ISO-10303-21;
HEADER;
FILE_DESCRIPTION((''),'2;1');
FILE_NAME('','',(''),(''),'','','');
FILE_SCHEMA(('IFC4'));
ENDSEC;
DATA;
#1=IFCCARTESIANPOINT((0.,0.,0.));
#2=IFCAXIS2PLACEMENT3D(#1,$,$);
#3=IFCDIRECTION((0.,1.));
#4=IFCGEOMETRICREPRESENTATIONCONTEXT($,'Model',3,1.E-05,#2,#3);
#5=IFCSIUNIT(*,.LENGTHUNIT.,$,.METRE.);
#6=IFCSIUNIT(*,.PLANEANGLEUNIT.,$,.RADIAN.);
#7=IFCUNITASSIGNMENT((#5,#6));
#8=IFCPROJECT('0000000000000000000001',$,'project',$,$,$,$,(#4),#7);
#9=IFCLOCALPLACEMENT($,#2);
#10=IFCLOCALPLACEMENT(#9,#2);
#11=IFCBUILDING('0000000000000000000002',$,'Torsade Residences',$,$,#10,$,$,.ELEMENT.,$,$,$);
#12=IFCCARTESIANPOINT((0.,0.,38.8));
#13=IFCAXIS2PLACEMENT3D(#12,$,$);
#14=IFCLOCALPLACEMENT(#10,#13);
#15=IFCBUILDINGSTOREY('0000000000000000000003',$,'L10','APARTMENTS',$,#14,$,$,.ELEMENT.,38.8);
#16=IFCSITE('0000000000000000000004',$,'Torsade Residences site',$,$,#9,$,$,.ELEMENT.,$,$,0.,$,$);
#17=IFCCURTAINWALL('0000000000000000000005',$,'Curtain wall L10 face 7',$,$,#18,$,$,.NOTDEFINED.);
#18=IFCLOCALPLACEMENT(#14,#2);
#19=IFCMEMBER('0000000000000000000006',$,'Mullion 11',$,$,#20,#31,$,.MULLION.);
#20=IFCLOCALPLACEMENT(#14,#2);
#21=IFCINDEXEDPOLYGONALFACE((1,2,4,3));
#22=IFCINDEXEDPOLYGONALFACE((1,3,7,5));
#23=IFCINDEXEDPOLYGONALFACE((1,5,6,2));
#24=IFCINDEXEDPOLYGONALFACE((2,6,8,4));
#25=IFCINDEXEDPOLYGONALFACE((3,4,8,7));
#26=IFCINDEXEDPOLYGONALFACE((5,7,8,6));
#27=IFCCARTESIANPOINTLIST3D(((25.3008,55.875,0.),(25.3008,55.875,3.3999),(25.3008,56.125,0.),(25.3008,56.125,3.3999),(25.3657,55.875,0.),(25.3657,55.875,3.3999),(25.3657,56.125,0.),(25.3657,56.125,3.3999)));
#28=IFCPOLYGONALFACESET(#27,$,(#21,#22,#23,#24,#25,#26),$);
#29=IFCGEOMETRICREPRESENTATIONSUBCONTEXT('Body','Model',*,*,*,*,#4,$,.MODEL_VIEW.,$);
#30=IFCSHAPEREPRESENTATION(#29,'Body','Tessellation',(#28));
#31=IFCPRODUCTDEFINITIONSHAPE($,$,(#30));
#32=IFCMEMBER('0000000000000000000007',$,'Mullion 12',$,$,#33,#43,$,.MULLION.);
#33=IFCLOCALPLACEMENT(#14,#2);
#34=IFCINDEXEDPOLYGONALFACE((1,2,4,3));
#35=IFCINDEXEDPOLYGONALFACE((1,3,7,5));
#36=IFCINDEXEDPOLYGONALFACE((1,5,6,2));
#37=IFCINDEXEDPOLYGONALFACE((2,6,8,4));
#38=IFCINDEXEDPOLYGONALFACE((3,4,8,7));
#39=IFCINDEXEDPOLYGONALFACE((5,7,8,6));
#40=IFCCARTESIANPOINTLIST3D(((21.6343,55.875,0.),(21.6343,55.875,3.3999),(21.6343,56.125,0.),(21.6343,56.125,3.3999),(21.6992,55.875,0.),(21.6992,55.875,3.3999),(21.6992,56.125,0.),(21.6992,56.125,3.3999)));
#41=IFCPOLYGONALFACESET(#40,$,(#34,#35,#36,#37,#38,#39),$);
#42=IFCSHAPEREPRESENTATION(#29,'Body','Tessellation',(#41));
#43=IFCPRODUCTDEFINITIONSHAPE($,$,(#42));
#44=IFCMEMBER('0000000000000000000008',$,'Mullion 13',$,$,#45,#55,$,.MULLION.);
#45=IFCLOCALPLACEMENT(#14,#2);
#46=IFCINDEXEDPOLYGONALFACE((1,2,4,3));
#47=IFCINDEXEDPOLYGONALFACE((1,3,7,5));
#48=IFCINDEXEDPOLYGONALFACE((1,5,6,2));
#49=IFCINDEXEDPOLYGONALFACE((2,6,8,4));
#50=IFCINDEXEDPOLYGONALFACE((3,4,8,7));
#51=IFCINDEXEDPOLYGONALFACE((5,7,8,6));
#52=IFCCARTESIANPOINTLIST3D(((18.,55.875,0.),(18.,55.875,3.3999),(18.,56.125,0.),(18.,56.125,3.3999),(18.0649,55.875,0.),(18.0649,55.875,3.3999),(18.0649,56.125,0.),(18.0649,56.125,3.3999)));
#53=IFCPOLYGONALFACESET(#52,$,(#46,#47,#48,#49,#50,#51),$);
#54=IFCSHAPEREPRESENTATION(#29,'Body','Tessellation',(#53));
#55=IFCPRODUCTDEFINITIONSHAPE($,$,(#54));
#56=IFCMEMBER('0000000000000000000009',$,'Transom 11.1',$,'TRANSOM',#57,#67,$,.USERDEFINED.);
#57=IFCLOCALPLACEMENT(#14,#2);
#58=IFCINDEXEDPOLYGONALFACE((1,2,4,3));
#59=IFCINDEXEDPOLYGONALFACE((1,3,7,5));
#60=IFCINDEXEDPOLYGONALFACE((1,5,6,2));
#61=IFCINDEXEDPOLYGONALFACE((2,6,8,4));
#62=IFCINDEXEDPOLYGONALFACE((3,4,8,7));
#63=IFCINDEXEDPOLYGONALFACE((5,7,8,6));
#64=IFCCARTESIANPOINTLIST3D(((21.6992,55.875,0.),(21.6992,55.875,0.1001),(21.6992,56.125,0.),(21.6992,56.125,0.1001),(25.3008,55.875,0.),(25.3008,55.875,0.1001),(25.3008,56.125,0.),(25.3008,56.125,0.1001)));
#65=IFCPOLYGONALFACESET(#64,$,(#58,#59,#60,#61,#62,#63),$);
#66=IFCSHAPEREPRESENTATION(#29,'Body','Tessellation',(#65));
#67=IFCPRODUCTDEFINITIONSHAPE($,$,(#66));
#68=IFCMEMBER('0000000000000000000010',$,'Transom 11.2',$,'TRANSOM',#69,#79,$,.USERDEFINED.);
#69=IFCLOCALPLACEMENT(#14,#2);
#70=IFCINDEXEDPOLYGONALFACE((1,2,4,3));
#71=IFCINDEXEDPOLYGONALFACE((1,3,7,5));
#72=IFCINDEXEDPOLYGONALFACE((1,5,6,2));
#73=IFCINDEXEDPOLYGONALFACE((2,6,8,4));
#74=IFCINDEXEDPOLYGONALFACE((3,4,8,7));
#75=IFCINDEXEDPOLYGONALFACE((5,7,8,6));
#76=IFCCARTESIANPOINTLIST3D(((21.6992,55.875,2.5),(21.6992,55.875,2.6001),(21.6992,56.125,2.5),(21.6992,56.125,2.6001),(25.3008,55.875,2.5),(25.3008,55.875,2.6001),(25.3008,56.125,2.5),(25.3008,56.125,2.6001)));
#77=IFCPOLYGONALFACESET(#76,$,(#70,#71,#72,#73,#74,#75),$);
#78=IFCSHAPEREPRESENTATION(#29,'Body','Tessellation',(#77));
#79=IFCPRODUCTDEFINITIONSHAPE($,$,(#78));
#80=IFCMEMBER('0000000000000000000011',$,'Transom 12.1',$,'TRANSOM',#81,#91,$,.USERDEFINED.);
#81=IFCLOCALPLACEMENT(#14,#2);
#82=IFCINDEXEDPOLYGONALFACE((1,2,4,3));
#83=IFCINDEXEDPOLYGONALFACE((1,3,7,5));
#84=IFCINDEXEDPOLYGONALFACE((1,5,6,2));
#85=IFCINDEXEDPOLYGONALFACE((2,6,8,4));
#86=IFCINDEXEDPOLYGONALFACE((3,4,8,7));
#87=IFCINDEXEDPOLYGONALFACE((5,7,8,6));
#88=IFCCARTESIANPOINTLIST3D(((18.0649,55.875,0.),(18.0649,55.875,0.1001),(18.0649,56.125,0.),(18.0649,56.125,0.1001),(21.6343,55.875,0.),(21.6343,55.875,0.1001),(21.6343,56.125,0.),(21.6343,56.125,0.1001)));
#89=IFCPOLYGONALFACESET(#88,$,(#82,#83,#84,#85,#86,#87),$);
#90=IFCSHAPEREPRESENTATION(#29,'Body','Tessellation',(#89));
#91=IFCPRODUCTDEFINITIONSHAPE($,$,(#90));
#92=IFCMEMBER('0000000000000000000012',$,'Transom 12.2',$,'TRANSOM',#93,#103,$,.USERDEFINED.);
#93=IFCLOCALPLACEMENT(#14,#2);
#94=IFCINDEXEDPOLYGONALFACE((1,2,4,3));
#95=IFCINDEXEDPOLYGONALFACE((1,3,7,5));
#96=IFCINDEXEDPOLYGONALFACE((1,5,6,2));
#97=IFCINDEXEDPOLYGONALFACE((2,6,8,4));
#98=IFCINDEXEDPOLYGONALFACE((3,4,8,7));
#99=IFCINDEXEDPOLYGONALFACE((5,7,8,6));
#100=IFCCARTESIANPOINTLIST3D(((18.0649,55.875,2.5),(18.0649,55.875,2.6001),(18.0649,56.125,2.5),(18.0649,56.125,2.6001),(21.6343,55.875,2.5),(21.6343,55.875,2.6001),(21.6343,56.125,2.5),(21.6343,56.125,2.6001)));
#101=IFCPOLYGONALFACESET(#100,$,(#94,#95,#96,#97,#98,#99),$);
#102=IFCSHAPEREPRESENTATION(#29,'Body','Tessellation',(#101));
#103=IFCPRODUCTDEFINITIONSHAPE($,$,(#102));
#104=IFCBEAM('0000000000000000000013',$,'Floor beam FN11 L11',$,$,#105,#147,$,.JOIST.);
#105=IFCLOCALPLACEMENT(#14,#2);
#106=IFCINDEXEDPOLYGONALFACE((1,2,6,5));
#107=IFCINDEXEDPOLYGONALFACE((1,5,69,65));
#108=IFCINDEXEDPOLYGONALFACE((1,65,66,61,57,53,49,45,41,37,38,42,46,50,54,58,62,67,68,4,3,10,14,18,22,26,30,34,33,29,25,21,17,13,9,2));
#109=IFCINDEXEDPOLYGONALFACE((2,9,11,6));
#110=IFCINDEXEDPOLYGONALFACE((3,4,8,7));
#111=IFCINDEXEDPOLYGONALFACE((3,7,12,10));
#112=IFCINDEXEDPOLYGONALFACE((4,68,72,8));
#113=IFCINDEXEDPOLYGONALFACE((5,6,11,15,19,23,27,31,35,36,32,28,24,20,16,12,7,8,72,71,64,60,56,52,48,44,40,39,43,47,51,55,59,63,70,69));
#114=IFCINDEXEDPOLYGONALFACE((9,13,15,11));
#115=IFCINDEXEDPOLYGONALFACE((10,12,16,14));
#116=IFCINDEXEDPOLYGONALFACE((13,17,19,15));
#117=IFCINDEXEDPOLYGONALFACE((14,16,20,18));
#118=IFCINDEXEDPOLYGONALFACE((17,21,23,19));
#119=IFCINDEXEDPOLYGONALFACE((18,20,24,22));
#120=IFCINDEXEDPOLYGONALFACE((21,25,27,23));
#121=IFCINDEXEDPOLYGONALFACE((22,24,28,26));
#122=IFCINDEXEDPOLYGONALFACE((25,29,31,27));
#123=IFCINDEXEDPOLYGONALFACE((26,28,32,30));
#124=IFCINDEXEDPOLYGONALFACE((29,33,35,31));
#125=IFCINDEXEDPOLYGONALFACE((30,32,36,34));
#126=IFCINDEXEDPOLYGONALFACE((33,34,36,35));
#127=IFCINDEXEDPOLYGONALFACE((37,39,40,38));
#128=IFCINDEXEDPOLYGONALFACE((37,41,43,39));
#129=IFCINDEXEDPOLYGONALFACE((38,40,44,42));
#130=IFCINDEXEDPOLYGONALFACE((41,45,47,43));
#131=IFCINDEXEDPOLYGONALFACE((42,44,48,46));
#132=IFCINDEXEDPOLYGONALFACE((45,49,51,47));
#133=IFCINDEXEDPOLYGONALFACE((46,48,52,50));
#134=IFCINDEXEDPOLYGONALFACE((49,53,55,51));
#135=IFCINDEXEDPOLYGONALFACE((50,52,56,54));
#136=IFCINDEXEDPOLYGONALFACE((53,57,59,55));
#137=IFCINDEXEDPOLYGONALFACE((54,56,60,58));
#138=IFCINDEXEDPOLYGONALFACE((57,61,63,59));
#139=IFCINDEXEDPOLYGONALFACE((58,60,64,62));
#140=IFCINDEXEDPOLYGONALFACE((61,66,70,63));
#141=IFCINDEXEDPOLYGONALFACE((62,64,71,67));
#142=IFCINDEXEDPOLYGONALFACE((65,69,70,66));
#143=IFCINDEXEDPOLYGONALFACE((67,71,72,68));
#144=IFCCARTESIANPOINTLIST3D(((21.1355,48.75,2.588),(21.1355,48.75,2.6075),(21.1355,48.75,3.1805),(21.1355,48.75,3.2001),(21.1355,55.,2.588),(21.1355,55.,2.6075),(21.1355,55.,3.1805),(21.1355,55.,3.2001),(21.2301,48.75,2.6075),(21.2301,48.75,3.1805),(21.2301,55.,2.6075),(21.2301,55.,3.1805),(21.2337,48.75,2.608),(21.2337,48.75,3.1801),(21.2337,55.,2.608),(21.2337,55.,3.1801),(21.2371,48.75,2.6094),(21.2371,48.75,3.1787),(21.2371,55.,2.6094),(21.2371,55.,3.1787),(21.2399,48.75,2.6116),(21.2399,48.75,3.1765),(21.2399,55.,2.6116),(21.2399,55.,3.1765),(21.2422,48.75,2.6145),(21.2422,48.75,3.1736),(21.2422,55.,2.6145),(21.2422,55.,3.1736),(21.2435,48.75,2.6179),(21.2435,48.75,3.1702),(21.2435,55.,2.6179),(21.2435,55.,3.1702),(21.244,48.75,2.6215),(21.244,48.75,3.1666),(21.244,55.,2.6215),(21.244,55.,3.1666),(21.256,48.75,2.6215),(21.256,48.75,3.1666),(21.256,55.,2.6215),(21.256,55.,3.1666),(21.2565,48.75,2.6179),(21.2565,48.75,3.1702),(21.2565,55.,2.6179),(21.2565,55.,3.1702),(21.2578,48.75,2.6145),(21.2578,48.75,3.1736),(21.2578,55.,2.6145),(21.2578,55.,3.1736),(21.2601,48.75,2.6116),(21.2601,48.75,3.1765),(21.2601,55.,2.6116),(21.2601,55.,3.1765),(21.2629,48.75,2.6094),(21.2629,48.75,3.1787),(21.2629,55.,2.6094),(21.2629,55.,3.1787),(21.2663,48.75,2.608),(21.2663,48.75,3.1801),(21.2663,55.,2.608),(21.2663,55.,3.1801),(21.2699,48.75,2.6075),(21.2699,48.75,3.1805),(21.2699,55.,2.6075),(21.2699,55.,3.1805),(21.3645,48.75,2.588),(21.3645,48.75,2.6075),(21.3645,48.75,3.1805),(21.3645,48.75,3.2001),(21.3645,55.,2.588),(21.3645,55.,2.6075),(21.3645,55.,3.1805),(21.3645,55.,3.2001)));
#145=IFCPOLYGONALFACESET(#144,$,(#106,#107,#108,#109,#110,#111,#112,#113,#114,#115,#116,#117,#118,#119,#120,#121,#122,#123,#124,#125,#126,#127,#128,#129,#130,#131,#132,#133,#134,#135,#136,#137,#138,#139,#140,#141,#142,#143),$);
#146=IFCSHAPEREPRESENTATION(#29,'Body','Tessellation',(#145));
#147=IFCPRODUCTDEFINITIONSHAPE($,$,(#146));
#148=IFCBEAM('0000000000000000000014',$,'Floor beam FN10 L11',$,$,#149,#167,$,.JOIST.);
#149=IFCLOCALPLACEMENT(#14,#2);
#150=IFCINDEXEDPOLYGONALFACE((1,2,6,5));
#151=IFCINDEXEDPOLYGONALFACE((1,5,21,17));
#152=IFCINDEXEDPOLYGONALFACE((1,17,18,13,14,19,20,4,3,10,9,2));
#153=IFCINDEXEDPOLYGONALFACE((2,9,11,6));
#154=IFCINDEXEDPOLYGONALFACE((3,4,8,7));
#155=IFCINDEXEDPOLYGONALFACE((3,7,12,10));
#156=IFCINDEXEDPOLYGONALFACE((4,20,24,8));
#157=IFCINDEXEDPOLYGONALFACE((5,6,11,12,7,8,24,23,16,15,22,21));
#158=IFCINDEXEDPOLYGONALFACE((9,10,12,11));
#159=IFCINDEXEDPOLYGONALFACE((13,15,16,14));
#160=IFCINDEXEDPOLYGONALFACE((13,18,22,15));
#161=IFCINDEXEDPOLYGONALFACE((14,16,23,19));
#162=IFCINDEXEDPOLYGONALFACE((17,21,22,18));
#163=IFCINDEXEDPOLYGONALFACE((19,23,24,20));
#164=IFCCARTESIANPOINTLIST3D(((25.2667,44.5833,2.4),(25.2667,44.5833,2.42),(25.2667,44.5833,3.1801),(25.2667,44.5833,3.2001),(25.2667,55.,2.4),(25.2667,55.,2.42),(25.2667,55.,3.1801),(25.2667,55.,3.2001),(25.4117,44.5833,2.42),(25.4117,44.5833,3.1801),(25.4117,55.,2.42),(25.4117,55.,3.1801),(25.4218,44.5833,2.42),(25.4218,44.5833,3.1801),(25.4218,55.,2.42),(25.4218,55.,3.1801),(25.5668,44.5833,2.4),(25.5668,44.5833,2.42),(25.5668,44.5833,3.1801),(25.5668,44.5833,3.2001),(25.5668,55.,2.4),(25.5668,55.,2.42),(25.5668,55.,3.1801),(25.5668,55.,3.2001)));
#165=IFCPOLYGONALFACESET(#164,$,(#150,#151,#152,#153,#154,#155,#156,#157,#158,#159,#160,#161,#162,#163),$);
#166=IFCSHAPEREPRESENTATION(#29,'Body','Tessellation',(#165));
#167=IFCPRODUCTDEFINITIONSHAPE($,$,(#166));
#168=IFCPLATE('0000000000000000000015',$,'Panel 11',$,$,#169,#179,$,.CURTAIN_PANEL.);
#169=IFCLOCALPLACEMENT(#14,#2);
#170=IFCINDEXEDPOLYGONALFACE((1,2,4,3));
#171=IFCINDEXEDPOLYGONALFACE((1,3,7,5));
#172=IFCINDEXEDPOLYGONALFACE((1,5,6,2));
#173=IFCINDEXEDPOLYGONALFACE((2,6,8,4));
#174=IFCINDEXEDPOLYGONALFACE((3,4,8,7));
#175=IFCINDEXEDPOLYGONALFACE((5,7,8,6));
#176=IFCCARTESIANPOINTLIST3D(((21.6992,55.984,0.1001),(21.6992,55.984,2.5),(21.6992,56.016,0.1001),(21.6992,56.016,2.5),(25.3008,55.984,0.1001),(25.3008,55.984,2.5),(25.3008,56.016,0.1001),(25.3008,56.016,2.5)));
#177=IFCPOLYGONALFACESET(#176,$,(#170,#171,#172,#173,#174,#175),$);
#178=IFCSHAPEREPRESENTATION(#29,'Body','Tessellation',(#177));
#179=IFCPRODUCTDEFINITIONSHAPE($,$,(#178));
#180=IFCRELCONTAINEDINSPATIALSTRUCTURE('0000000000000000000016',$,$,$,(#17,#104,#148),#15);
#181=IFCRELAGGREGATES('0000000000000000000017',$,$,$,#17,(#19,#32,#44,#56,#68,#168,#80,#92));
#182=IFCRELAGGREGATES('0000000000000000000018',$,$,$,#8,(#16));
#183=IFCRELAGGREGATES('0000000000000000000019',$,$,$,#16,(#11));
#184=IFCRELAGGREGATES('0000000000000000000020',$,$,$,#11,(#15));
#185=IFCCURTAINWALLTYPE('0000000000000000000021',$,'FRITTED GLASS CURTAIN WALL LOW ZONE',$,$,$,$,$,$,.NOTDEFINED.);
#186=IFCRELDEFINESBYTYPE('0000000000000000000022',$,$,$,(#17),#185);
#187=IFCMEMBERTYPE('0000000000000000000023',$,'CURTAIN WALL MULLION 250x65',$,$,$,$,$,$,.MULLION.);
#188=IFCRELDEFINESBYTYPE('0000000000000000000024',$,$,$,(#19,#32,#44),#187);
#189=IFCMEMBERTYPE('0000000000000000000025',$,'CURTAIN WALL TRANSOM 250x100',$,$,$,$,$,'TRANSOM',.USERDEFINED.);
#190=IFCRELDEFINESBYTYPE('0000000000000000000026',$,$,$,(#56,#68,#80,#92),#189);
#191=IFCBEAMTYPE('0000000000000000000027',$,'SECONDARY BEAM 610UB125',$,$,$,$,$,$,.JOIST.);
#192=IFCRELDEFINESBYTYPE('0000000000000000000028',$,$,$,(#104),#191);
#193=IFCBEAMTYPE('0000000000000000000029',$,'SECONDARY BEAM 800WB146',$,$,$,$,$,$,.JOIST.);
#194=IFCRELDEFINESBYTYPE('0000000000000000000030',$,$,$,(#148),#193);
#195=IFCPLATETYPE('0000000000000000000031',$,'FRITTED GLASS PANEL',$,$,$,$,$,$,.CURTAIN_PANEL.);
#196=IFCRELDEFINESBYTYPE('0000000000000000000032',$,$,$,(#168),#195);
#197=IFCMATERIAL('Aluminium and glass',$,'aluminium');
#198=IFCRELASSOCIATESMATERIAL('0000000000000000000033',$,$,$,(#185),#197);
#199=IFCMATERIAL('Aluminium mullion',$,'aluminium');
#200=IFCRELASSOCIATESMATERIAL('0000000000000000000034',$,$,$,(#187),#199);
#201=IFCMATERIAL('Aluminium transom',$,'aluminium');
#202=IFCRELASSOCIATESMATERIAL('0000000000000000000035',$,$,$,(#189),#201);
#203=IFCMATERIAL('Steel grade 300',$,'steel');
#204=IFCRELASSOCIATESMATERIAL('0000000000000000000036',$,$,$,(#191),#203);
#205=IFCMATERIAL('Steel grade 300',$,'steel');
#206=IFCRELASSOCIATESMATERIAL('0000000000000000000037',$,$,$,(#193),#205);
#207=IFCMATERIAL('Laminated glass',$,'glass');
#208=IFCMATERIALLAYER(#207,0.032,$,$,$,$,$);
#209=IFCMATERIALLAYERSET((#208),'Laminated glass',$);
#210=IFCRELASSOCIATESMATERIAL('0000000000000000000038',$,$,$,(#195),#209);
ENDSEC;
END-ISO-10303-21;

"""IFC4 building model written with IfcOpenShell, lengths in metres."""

from ifc_helpers import new_model, si_unit, direction, frame, origin, origin_2d, place, context, subcontext, project, spatial, rectangle, i_section, extrude, material, layer, layer_set, material_profile, profile_set, type_object, element, aggregate, save


model = new_model("IFC4")

# Units and contexts
model_context = context("Model", 3, precision=1e-05, world=origin(), true_north=direction((0.0, 1.0)))
body_context = subcontext(model_context, "Body", "Model", "MODEL_VIEW")
ifc_project = project(units=[si_unit("LENGTHUNIT", "METRE"), si_unit("PLANEANGLEUNIT", "RADIAN")], contexts=[model_context])

# Site, building, storey
site_placement = place(None, origin())
site = spatial("IfcSite", under=ifc_project, at=site_placement, Name="Torsade Residences site", CompositionType="ELEMENT", RefElevation=0.0)
building_placement = place(site_placement, origin())
building = spatial("IfcBuilding", under=site, at=building_placement, Name="Torsade Residences", CompositionType="ELEMENT")
storey_placement = place(building_placement, frame((0.0, 0.0, 38.8)))
storey = spatial("IfcBuildingStorey", under=building, at=storey_placement, Name="L10", Description="APARTMENTS", CompositionType="ELEMENT", Elevation=38.8)

# Curtain wall, members
ifc_material_1 = material(Name="Aluminium and glass", Category="aluminium")
curtain_wall_type = type_object("IfcCurtainWallType", Name="FRITTED GLASS CURTAIN WALL LOW ZONE", PredefinedType="NOTDEFINED", material=ifc_material_1)
curtain_wall_placement = place(storey_placement, origin())
curtain_wall = element("IfcCurtainWall", 1, at=curtain_wall_placement, inside=storey, type_object=curtain_wall_type, Name="Curtain wall L10 face 7", PredefinedType="NOTDEFINED")
ifc_material_2 = material(Name="Aluminium mullion", Category="aluminium")
ifc_material_profile_1 = material_profile(ifc_material_2, rectangle(XDim=0.25, YDim=0.0649, at=origin_2d()), Name="CURTAIN WALL MULLION 250x65")
ifc_profile_set_1 = profile_set([ifc_material_profile_1], Name="Aluminium mullion")
member_type_1 = type_object("IfcMemberType", Name="CURTAIN WALL MULLION 250x65", PredefinedType="MULLION", material=ifc_profile_set_1)
member_1_placement = place(storey_placement, frame((25.3333, 56.0, 0.0), z_axis=(0.0, 0.0, 1.0), x_axis=(0.0, -1.0, 0.0)))
member_1 = element("IfcMember", 2, at=member_1_placement, type_object=member_type_1, Name="Mullion 11", PredefinedType="MULLION", context=body_context, shape_type="SweptSolid", body=[
    extrude(rectangle(XDim=0.25, YDim=0.0649, at=origin_2d()), origin(), (0.0, 0.0, 1.0), 3.3999),
])
member_2_placement = place(storey_placement, frame((21.6667, 56.0, 0.0), z_axis=(0.0, 0.0, 1.0), x_axis=(0.0, -1.0, 0.0)))
member_2 = element("IfcMember", 3, at=member_2_placement, type_object=member_type_1, Name="Mullion 12", PredefinedType="MULLION", context=body_context, shape_type="SweptSolid", body=[
    extrude(rectangle(XDim=0.25, YDim=0.0649, at=origin_2d()), origin(), (0.0, 0.0, 1.0), 3.3999),
])
member_3_placement = place(storey_placement, frame((18.0325, 56.0, 0.0), z_axis=(0.0, 0.0, 1.0), x_axis=(0.0, -1.0, 0.0)))
member_3 = element("IfcMember", 4, at=member_3_placement, type_object=member_type_1, Name="Mullion 13", PredefinedType="MULLION", context=body_context, shape_type="SweptSolid", body=[
    extrude(rectangle(XDim=0.25, YDim=0.0649, at=origin_2d()), origin(), (0.0, 0.0, 1.0), 3.3999),
])
ifc_material_3 = material(Name="Aluminium transom", Category="aluminium")
ifc_material_profile_2 = material_profile(ifc_material_3, rectangle(XDim=0.25, YDim=0.1001, at=origin_2d()), Name="CURTAIN WALL TRANSOM 250x100")
ifc_profile_set_2 = profile_set([ifc_material_profile_2], Name="Aluminium transom")
member_type_2 = type_object("IfcMemberType", Name="CURTAIN WALL TRANSOM 250x100", ElementType="TRANSOM", PredefinedType="USERDEFINED", material=ifc_profile_set_2)
member_4_placement = place(storey_placement, frame((25.3008, 56.0, 0.05), z_axis=(-1.0, 0.0, 0.0), x_axis=(0.0, -1.0, 0.0)))
member_4 = element("IfcMember", 5, at=member_4_placement, type_object=member_type_2, Name="Transom 11.1", ObjectType="TRANSOM", PredefinedType="USERDEFINED", context=body_context, shape_type="SweptSolid", body=[
    extrude(rectangle(XDim=0.25, YDim=0.1001, at=origin_2d()), origin(), (0.0, 0.0, 1.0), 3.6016),
])
member_5_placement = place(storey_placement, frame((25.3008, 56.0, 2.55), z_axis=(-1.0, 0.0, 0.0), x_axis=(0.0, -1.0, 0.0)))
member_5 = element("IfcMember", 6, at=member_5_placement, type_object=member_type_2, Name="Transom 11.2", ObjectType="TRANSOM", PredefinedType="USERDEFINED", context=body_context, shape_type="SweptSolid", body=[
    extrude(rectangle(XDim=0.25, YDim=0.1001, at=origin_2d()), origin(), (0.0, 0.0, 1.0), 3.6016),
])
member_6_placement = place(storey_placement, frame((21.6343, 56.0, 0.05), z_axis=(-1.0, 0.0, 0.0), x_axis=(0.0, -1.0, 0.0)))
member_6 = element("IfcMember", 7, at=member_6_placement, type_object=member_type_2, Name="Transom 12.1", ObjectType="TRANSOM", PredefinedType="USERDEFINED", context=body_context, shape_type="SweptSolid", body=[
    extrude(rectangle(XDim=0.25, YDim=0.1001, at=origin_2d()), origin(), (0.0, 0.0, 1.0), 3.5693),
])
member_7_placement = place(storey_placement, frame((21.6343, 56.0, 2.55), z_axis=(-1.0, 0.0, 0.0), x_axis=(0.0, -1.0, 0.0)))
member_7 = element("IfcMember", 8, at=member_7_placement, type_object=member_type_2, Name="Transom 12.2", ObjectType="TRANSOM", PredefinedType="USERDEFINED", context=body_context, shape_type="SweptSolid", body=[
    extrude(rectangle(XDim=0.25, YDim=0.1001, at=origin_2d()), origin(), (0.0, 0.0, 1.0), 3.5693),
])

# Beams
ifc_material_4 = material(Name="Steel grade 300", Category="steel")
ifc_material_profile_3 = material_profile(ifc_material_4, i_section(OverallWidth=0.229, OverallDepth=0.6121, WebThickness=0.012, FlangeThickness=0.0195, FilletRadius=0.0139, at=origin_2d()), Name="610UB125")
ifc_profile_set_3 = profile_set([ifc_material_profile_3], Name="Steel grade 300")
beam_type_1 = type_object("IfcBeamType", Name="SECONDARY BEAM 610UB125", PredefinedType="JOIST", material=ifc_profile_set_3)
beam_1_placement = place(storey_placement, frame((21.25, 55.0, 2.894), z_axis=(0.0, -1.0, 0.0), x_axis=(1.0, 0.0, 0.0)))
element("IfcBeam", 9, at=beam_1_placement, inside=storey, type_object=beam_type_1, Name="Floor beam FN11 L11", PredefinedType="JOIST", context=body_context, shape_type="SweptSolid", body=[
    extrude(i_section(OverallWidth=0.229, OverallDepth=0.6121, WebThickness=0.012, FlangeThickness=0.0195, FilletRadius=0.0139, at=origin_2d()), origin(), (0.0, 0.0, 1.0), 6.25),
])
ifc_material_5 = material(Name="Steel grade 300", Category="steel")
ifc_material_profile_4 = material_profile(ifc_material_5, i_section(OverallWidth=0.3, OverallDepth=0.8, WebThickness=0.01, FlangeThickness=0.02, at=origin_2d()), Name="800WB146")
ifc_profile_set_4 = profile_set([ifc_material_profile_4], Name="Steel grade 300")
beam_type_2 = type_object("IfcBeamType", Name="SECONDARY BEAM 800WB146", PredefinedType="JOIST", material=ifc_profile_set_4)
beam_2_placement = place(storey_placement, frame((25.4167, 55.0, 2.8), z_axis=(0.0, -1.0, 0.0), x_axis=(1.0, 0.0, 0.0)))
element("IfcBeam", 10, at=beam_2_placement, inside=storey, type_object=beam_type_2, Name="Floor beam FN10 L11", PredefinedType="JOIST", context=body_context, shape_type="SweptSolid", body=[
    extrude(i_section(OverallWidth=0.3, OverallDepth=0.8, WebThickness=0.01, FlangeThickness=0.02, at=origin_2d()), origin(), (0.0, 0.0, 1.0), 10.4167),
])

# Plate
ifc_material_6 = material(Name="Laminated glass", Category="glass")
ifc_layer_1 = layer(ifc_material_6, 0.032)
ifc_layer_set_1 = layer_set([ifc_layer_1], Name="Laminated glass")
plate_type_1 = type_object("IfcPlateType", Name="FRITTED GLASS PANEL", PredefinedType="CURTAIN_PANEL", material=ifc_layer_set_1)
plate_1_placement = place(storey_placement, frame((23.5, 56.0, 0.1001), z_axis=(0.0, 0.0, 1.0), x_axis=(-1.0, 0.0, 0.0)))
plate_1 = element("IfcPlate", 11, at=plate_1_placement, type_object=plate_type_1, Name="Panel 11", PredefinedType="CURTAIN_PANEL", context=body_context, shape_type="SweptSolid", body=[
    extrude(rectangle(XDim=3.6016, YDim=0.032, at=origin_2d()), origin(), (0.0, 0.0, 1.0), 2.3999),
])
aggregate(curtain_wall, [member_1, member_2, member_3, member_4, member_5, plate_1, member_6, member_7])

save(model, "model.ifc")
